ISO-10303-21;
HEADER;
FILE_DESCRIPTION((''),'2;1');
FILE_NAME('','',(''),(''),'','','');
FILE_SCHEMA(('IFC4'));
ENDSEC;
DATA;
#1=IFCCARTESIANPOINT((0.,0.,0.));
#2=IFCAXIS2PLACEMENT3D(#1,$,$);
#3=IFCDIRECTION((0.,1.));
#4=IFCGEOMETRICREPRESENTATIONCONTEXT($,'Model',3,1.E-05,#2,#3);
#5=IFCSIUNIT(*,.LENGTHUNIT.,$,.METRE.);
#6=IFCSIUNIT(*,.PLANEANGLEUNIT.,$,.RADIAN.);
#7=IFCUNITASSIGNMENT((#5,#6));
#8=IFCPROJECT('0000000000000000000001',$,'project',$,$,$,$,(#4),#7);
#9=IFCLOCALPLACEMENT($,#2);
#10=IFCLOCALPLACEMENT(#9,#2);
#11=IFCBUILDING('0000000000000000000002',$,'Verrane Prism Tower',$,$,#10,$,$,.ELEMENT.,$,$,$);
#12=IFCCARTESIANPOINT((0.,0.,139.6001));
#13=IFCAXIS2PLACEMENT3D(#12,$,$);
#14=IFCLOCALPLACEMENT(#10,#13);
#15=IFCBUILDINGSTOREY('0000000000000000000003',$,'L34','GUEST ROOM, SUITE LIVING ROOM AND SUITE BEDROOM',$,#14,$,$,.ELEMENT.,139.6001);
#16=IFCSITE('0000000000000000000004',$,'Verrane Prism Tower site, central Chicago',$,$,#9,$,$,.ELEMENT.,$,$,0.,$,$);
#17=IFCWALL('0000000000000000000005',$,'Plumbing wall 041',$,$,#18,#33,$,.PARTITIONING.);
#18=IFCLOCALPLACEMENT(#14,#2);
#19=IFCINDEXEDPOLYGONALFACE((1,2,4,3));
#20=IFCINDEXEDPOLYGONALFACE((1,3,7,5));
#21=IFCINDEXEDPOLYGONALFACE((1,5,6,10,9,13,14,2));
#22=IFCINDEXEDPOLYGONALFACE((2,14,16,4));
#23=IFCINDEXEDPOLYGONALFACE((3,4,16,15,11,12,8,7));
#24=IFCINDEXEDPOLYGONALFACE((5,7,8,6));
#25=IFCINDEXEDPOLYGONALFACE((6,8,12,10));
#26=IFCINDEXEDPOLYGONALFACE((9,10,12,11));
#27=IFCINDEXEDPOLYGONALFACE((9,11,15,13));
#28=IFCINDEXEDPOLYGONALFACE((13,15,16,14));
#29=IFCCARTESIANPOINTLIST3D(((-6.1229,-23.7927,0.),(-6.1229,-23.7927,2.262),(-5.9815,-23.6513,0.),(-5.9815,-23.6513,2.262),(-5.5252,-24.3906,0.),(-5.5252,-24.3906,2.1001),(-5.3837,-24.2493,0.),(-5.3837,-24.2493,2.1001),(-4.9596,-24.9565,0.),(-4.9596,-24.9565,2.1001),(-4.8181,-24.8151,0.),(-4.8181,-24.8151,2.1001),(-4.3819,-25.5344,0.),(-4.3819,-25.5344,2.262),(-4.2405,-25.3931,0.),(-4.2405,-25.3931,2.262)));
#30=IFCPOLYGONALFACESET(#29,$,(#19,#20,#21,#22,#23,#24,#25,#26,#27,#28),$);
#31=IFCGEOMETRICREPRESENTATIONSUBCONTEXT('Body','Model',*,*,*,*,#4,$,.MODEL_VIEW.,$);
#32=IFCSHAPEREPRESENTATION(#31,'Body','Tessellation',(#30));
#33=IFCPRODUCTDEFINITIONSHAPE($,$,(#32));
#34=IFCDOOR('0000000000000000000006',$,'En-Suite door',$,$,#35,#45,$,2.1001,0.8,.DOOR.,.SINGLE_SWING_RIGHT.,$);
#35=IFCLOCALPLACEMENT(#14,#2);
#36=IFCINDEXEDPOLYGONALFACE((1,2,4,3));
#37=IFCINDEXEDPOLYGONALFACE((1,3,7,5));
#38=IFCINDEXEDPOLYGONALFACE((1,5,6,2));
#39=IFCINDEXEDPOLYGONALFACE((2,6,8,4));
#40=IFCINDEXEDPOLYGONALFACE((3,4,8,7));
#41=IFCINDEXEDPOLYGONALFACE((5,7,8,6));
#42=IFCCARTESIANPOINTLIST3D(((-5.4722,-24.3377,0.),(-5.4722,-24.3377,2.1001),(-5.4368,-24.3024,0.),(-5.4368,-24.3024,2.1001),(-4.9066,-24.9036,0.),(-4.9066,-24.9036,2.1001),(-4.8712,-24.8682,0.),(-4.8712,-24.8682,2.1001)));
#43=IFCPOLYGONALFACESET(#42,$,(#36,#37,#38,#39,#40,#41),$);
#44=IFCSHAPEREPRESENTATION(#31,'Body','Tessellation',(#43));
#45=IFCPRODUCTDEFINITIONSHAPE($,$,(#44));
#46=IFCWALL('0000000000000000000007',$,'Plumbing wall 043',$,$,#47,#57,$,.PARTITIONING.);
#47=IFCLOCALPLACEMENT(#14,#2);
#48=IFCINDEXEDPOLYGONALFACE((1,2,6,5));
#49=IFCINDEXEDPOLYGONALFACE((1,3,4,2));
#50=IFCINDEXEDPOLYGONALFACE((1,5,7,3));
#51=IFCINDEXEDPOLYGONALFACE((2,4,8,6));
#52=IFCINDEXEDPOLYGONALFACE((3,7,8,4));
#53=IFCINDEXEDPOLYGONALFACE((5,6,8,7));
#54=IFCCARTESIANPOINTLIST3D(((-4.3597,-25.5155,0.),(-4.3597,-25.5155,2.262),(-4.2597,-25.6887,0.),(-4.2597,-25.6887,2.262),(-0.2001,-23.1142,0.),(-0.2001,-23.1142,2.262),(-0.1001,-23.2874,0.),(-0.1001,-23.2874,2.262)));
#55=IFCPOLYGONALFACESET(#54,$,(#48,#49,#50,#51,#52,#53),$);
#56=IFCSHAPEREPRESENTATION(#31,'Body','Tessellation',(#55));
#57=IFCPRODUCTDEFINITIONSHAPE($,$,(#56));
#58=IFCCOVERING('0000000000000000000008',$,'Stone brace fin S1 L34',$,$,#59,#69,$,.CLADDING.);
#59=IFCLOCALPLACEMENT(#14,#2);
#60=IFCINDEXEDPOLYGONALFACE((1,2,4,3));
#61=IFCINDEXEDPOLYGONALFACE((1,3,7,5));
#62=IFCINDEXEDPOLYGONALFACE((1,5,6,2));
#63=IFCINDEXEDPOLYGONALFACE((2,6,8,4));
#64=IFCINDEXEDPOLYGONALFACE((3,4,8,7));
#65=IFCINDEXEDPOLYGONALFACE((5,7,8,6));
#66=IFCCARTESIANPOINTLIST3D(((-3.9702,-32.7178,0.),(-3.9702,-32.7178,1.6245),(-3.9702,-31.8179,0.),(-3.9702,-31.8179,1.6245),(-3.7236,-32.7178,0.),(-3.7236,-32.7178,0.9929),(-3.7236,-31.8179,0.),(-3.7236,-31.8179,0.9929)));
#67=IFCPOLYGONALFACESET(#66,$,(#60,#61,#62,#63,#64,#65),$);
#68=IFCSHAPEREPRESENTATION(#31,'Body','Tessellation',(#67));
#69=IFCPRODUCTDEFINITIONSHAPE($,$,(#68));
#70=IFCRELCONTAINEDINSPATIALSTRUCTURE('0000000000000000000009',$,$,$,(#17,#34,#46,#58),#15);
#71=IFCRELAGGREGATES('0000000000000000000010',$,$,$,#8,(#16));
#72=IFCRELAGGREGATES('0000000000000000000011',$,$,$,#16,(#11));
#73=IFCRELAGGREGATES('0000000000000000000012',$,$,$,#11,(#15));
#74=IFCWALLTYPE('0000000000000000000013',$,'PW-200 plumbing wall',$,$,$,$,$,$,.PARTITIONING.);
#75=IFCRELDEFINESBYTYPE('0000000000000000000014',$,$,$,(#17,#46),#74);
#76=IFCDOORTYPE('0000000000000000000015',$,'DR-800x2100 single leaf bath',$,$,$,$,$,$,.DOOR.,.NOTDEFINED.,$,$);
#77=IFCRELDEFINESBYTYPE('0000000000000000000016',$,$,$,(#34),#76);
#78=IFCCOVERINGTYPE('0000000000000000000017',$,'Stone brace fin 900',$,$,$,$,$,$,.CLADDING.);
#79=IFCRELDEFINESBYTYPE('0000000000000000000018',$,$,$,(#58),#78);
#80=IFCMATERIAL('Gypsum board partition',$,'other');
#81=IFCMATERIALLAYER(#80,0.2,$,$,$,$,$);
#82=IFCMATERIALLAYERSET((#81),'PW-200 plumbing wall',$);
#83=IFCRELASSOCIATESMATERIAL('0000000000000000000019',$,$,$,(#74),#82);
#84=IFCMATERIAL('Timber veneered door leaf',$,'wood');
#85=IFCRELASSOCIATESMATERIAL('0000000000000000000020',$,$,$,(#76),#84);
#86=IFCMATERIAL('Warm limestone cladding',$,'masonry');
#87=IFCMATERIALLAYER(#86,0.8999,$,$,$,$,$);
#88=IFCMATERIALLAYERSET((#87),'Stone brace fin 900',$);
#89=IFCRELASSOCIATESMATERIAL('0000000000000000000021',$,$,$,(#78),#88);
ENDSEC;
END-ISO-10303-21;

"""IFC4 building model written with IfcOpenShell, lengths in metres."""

from ifc_helpers import new_model, si_unit, direction, frame, frame_2d, origin, place, context, subcontext, project, spatial, polyline, rectangle, outline, extrude, material, layer, layer_set, type_object, element, fill, save


model = new_model("IFC4")

# Units and contexts
model_context = context("Model", 3, precision=1e-05, world=origin(), true_north=direction((0.0, 1.0)))
body_context = subcontext(model_context, "Body", "Model", "MODEL_VIEW")
ifc_project = project(units=[si_unit("LENGTHUNIT", "METRE"), si_unit("PLANEANGLEUNIT", "RADIAN")], contexts=[model_context])

# Site, building, storey
site_placement = place(None, origin())
site = spatial("IfcSite", under=ifc_project, at=site_placement, Name="Verrane Prism Tower site, central Chicago", CompositionType="ELEMENT", RefElevation=0.0)
building_placement = place(site_placement, origin())
building = spatial("IfcBuilding", under=site, at=building_placement, Name="Verrane Prism Tower", CompositionType="ELEMENT")
storey_placement = place(building_placement, frame((0.0, 0.0, 139.6001)))
storey = spatial("IfcBuildingStorey", under=building, at=storey_placement, Name="L34", Description="GUEST ROOM, SUITE LIVING ROOM AND SUITE BEDROOM", CompositionType="ELEMENT", Elevation=139.6001)

# Shared definitions
ifc_material_1 = material(Name="Gypsum board partition", Category="other")
ifc_layer_1 = layer(ifc_material_1, 0.2)
ifc_layer_set_1 = layer_set([ifc_layer_1], Name="PW-200 plumbing wall")
wall_type_1 = type_object("IfcWallType", Name="PW-200 plumbing wall", PredefinedType="PARTITIONING", material=ifc_layer_set_1)

# Wall, opening, door
wall_1_placement = place(storey_placement, frame((-6.0522, -23.7219, 0.0), z_axis=(0.0, 0.0, 1.0), x_axis=(0.706958, -0.707255, 0.0)))
wall_1 = element("IfcWall", 1, at=wall_1_placement, inside=storey, type_object=wall_type_1, Name="Plumbing wall 041", PredefinedType="PARTITIONING", context=body_context, shape_type="SweptSolid", body=[
    extrude(rectangle(XDim=2.4626, YDim=0.2, at=frame_2d((1.2314, 0.0))), origin(), (0.0, 0.0, 1.0), 2.262),
])
opening_placement = place(wall_1_placement, frame((0.8457, 0.0, 0.0)))
opening = element("IfcOpeningElement", 2, at=opening_placement, cuts=wall_1, PredefinedType="OPENING", context=body_context, shape_type="SweptSolid", body=[
    extrude(rectangle(XDim=0.8, YDim=2.1001, at=frame_2d((0.3999, 1.05))), frame((0.0, 0.1099, 0.0), z_axis=(0.0, -1.0, 0.0), x_axis=(1.0, 0.0, 0.0)), (0.0, 0.0, 1.0), 0.22),
])
ifc_material_2 = material(Name="Timber veneered door leaf", Category="wood")
door_type = type_object("IfcDoorType", Name="DR-800x2100 single leaf bath", OperationType="NOTDEFINED", PredefinedType="DOOR", material=ifc_material_2)
door_placement = place(opening_placement, origin())
door = element("IfcDoor", 3, at=door_placement, inside=storey, type_object=door_type, Name="En-Suite door", OperationType="SINGLE_SWING_RIGHT", OverallHeight=2.1001, OverallWidth=0.8, PredefinedType="DOOR", context=body_context, shape_type="SweptSolid", body=[
    extrude(rectangle(XDim=0.8, YDim=2.1001, at=frame_2d((0.3999, 1.05))), frame((0.0, 0.0249, 0.0), z_axis=(0.0, -1.0, 0.0), x_axis=(1.0, 0.0, 0.0)), (0.0, 0.0, 1.0), 0.05),
])
fill(opening, door)

# Wall
wall_2_placement = place(storey_placement, frame((-4.3096, -25.6021, 0.0), z_axis=(0.0, 0.0, 1.0), x_axis=(0.866045, 0.499966, 0.0)))
element("IfcWall", 4, at=wall_2_placement, inside=storey, type_object=wall_type_1, Name="Plumbing wall 043", PredefinedType="PARTITIONING", context=body_context, shape_type="SweptSolid", body=[
    extrude(rectangle(XDim=4.803, YDim=0.2, at=frame_2d((2.4014, 0.0))), origin(), (0.0, 0.0, 1.0), 2.262),
])

# Covering
ifc_material_3 = material(Name="Warm limestone cladding", Category="masonry")
ifc_layer_2 = layer(ifc_material_3, 0.8999)
ifc_layer_set_2 = layer_set([ifc_layer_2], Name="Stone brace fin 900")
covering_type = type_object("IfcCoveringType", Name="Stone brace fin 900", PredefinedType="CLADDING", material=ifc_layer_set_2)
covering_placement = place(storey_placement, frame((-3.7236, -32.2678, 0.0), z_axis=(0.0, 0.0, 1.0), x_axis=(-1.0, 0.0, 0.0)))
element("IfcCovering", 5, at=covering_placement, inside=storey, type_object=covering_type, Name="Stone brace fin S1 L34", PredefinedType="CLADDING", context=body_context, shape_type="SweptSolid", body=[
    extrude(outline(polyline([(0.0, 0.0), (0.2466, 0.0), (0.2466, 1.6245), (0.0, 0.9929), (0.0, 0.0)])), frame((0.0, 0.45, 0.0), z_axis=(0.0, -1.0, 0.0), x_axis=(1.0, 0.0, 0.0)), (0.0, 0.0, 1.0), 0.8999),
])

save(model, "model.ifc")
